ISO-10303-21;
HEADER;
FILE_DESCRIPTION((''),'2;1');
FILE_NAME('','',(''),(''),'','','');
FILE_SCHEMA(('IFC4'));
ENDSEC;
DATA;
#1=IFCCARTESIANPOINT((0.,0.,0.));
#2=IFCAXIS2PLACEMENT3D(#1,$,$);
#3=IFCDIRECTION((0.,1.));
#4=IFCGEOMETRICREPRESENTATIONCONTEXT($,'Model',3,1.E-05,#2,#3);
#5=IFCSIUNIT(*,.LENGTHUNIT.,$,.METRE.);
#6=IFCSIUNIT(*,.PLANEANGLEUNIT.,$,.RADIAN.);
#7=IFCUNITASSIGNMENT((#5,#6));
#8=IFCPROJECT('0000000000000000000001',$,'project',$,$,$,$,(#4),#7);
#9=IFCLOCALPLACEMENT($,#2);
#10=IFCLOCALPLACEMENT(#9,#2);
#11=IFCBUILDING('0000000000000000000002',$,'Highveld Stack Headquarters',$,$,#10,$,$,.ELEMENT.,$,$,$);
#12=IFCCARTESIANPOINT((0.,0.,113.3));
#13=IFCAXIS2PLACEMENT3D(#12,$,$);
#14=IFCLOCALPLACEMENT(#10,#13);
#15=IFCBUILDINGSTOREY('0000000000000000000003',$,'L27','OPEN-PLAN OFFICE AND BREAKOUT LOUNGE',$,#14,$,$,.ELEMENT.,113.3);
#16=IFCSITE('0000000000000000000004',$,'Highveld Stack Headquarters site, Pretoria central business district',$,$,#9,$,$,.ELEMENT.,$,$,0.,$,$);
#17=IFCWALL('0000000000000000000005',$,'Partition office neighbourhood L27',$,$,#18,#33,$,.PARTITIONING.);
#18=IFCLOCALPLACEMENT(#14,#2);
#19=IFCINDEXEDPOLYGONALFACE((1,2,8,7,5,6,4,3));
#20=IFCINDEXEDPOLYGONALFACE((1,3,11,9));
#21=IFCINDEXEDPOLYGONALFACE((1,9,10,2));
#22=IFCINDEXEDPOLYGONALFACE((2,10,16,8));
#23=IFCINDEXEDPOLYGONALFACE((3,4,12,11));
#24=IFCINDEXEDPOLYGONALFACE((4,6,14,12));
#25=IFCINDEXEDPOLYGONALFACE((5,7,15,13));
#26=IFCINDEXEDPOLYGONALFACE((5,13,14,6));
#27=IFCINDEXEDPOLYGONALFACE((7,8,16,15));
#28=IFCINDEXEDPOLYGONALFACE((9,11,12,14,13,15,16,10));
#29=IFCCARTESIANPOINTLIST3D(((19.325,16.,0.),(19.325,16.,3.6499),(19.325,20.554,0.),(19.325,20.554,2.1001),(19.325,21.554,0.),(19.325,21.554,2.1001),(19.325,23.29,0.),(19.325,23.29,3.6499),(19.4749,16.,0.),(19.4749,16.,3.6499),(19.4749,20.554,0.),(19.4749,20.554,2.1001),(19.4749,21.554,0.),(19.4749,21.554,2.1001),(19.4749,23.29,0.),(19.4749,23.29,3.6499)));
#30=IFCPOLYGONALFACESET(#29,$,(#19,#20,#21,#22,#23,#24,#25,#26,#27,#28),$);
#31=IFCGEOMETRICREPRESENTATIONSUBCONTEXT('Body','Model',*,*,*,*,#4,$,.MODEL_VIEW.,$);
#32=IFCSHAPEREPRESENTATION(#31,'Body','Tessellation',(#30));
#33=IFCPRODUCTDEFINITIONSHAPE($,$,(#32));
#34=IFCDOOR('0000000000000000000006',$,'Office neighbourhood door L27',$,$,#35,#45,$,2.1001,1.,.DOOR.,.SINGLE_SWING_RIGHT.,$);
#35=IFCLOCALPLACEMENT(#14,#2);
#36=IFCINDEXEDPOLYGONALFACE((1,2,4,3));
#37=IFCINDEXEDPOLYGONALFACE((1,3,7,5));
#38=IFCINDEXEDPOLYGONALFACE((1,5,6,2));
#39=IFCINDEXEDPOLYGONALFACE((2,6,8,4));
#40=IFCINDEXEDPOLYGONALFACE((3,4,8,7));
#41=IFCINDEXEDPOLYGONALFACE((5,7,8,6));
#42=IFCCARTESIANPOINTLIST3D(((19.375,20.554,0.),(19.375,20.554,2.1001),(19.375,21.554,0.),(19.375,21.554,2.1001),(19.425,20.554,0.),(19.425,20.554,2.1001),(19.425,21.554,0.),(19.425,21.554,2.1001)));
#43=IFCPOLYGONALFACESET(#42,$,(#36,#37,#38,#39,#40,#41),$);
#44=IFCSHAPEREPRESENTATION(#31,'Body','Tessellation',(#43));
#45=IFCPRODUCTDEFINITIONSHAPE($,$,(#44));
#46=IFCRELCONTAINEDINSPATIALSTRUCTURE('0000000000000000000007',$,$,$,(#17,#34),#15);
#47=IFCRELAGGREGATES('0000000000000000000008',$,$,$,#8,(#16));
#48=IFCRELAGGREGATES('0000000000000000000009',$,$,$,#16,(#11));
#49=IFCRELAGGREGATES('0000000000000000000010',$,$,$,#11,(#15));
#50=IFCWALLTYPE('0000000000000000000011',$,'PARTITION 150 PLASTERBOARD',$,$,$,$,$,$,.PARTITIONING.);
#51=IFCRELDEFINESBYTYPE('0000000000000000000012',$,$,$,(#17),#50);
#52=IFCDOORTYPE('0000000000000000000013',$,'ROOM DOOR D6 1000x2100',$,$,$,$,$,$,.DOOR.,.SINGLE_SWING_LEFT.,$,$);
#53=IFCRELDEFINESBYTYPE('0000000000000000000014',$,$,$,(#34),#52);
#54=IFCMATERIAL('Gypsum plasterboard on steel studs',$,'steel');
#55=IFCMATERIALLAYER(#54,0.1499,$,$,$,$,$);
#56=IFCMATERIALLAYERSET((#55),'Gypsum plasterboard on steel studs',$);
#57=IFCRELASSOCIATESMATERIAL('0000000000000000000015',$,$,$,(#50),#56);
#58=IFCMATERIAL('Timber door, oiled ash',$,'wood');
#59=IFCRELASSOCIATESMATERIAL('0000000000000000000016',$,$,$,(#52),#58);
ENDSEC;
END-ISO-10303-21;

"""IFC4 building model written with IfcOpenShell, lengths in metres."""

from ifc_helpers import new_model, si_unit, direction, frame, frame_2d, origin, place, context, subcontext, project, spatial, rectangle, extrude, material, layer, layer_set, type_object, element, fill, save


model = new_model("IFC4")

# Units and contexts
model_context = context("Model", 3, precision=1e-05, world=origin(), true_north=direction((0.0, 1.0)))
body_context = subcontext(model_context, "Body", "Model", "MODEL_VIEW")
ifc_project = project(units=[si_unit("LENGTHUNIT", "METRE"), si_unit("PLANEANGLEUNIT", "RADIAN")], contexts=[model_context])

# Site, building, storey
site_placement = place(None, origin())
site = spatial("IfcSite", under=ifc_project, at=site_placement, Name="Highveld Stack Headquarters site, Pretoria central business district", CompositionType="ELEMENT", RefElevation=0.0)
building_placement = place(site_placement, origin())
building = spatial("IfcBuilding", under=site, at=building_placement, Name="Highveld Stack Headquarters", CompositionType="ELEMENT")
storey_placement = place(building_placement, frame((0.0, 0.0, 113.3)))
storey = spatial("IfcBuildingStorey", under=building, at=storey_placement, Name="L27", Description="OPEN-PLAN OFFICE AND BREAKOUT LOUNGE", CompositionType="ELEMENT", Elevation=113.3)

# Wall, opening, door
ifc_material_1 = material(Name="Gypsum plasterboard on steel studs", Category="steel")
ifc_layer_1 = layer(ifc_material_1, 0.1499)
ifc_layer_set_1 = layer_set([ifc_layer_1], Name="Gypsum plasterboard on steel studs")
wall_type_1 = type_object("IfcWallType", Name="PARTITION 150 PLASTERBOARD", PredefinedType="PARTITIONING", material=ifc_layer_set_1)
wall_1_placement = place(storey_placement, frame((19.3999, 16.0, 0.0), z_axis=(0.0, 0.0, 1.0), x_axis=(0.0, 1.0, 0.0)))
wall_1 = element("IfcWall", 1, at=wall_1_placement, inside=storey, type_object=wall_type_1, Name="Partition office neighbourhood L27", PredefinedType="PARTITIONING", context=body_context, shape_type="SweptSolid", body=[
    extrude(rectangle(XDim=7.29, YDim=0.1499, at=frame_2d((3.645, 0.0))), origin(), (0.0, 0.0, 1.0), 3.6499),
])
opening_placement = place(wall_1_placement, frame((4.554, 0.0, 0.0)))
opening = element("IfcOpeningElement", 2, at=opening_placement, cuts=wall_1, PredefinedType="OPENING", context=body_context, shape_type="SweptSolid", body=[
    extrude(rectangle(XDim=1.0, YDim=2.1001, at=frame_2d((0.5, 1.05))), frame((0.0, 0.085, 0.0), z_axis=(0.0, -1.0, 0.0), x_axis=(1.0, 0.0, 0.0)), (0.0, 0.0, 1.0), 0.1699),
])
ifc_material_2 = material(Name="Timber door, oiled ash", Category="wood")
door_type = type_object("IfcDoorType", Name="ROOM DOOR D6 1000x2100", OperationType="SINGLE_SWING_LEFT", PredefinedType="DOOR", material=ifc_material_2)
door_placement = place(opening_placement, origin())
door = element("IfcDoor", 3, at=door_placement, inside=storey, type_object=door_type, Name="Office neighbourhood door L27", OperationType="SINGLE_SWING_RIGHT", OverallHeight=2.1001, OverallWidth=1.0, PredefinedType="DOOR", context=body_context, shape_type="SweptSolid", body=[
    extrude(rectangle(XDim=1.0, YDim=2.1001, at=frame_2d((0.5, 1.05))), frame((0.0, 0.0249, 0.0), z_axis=(0.0, -1.0, 0.0), x_axis=(1.0, 0.0, 0.0)), (0.0, 0.0, 1.0), 0.05),
])
fill(opening, door)

save(model, "model.ifc")
